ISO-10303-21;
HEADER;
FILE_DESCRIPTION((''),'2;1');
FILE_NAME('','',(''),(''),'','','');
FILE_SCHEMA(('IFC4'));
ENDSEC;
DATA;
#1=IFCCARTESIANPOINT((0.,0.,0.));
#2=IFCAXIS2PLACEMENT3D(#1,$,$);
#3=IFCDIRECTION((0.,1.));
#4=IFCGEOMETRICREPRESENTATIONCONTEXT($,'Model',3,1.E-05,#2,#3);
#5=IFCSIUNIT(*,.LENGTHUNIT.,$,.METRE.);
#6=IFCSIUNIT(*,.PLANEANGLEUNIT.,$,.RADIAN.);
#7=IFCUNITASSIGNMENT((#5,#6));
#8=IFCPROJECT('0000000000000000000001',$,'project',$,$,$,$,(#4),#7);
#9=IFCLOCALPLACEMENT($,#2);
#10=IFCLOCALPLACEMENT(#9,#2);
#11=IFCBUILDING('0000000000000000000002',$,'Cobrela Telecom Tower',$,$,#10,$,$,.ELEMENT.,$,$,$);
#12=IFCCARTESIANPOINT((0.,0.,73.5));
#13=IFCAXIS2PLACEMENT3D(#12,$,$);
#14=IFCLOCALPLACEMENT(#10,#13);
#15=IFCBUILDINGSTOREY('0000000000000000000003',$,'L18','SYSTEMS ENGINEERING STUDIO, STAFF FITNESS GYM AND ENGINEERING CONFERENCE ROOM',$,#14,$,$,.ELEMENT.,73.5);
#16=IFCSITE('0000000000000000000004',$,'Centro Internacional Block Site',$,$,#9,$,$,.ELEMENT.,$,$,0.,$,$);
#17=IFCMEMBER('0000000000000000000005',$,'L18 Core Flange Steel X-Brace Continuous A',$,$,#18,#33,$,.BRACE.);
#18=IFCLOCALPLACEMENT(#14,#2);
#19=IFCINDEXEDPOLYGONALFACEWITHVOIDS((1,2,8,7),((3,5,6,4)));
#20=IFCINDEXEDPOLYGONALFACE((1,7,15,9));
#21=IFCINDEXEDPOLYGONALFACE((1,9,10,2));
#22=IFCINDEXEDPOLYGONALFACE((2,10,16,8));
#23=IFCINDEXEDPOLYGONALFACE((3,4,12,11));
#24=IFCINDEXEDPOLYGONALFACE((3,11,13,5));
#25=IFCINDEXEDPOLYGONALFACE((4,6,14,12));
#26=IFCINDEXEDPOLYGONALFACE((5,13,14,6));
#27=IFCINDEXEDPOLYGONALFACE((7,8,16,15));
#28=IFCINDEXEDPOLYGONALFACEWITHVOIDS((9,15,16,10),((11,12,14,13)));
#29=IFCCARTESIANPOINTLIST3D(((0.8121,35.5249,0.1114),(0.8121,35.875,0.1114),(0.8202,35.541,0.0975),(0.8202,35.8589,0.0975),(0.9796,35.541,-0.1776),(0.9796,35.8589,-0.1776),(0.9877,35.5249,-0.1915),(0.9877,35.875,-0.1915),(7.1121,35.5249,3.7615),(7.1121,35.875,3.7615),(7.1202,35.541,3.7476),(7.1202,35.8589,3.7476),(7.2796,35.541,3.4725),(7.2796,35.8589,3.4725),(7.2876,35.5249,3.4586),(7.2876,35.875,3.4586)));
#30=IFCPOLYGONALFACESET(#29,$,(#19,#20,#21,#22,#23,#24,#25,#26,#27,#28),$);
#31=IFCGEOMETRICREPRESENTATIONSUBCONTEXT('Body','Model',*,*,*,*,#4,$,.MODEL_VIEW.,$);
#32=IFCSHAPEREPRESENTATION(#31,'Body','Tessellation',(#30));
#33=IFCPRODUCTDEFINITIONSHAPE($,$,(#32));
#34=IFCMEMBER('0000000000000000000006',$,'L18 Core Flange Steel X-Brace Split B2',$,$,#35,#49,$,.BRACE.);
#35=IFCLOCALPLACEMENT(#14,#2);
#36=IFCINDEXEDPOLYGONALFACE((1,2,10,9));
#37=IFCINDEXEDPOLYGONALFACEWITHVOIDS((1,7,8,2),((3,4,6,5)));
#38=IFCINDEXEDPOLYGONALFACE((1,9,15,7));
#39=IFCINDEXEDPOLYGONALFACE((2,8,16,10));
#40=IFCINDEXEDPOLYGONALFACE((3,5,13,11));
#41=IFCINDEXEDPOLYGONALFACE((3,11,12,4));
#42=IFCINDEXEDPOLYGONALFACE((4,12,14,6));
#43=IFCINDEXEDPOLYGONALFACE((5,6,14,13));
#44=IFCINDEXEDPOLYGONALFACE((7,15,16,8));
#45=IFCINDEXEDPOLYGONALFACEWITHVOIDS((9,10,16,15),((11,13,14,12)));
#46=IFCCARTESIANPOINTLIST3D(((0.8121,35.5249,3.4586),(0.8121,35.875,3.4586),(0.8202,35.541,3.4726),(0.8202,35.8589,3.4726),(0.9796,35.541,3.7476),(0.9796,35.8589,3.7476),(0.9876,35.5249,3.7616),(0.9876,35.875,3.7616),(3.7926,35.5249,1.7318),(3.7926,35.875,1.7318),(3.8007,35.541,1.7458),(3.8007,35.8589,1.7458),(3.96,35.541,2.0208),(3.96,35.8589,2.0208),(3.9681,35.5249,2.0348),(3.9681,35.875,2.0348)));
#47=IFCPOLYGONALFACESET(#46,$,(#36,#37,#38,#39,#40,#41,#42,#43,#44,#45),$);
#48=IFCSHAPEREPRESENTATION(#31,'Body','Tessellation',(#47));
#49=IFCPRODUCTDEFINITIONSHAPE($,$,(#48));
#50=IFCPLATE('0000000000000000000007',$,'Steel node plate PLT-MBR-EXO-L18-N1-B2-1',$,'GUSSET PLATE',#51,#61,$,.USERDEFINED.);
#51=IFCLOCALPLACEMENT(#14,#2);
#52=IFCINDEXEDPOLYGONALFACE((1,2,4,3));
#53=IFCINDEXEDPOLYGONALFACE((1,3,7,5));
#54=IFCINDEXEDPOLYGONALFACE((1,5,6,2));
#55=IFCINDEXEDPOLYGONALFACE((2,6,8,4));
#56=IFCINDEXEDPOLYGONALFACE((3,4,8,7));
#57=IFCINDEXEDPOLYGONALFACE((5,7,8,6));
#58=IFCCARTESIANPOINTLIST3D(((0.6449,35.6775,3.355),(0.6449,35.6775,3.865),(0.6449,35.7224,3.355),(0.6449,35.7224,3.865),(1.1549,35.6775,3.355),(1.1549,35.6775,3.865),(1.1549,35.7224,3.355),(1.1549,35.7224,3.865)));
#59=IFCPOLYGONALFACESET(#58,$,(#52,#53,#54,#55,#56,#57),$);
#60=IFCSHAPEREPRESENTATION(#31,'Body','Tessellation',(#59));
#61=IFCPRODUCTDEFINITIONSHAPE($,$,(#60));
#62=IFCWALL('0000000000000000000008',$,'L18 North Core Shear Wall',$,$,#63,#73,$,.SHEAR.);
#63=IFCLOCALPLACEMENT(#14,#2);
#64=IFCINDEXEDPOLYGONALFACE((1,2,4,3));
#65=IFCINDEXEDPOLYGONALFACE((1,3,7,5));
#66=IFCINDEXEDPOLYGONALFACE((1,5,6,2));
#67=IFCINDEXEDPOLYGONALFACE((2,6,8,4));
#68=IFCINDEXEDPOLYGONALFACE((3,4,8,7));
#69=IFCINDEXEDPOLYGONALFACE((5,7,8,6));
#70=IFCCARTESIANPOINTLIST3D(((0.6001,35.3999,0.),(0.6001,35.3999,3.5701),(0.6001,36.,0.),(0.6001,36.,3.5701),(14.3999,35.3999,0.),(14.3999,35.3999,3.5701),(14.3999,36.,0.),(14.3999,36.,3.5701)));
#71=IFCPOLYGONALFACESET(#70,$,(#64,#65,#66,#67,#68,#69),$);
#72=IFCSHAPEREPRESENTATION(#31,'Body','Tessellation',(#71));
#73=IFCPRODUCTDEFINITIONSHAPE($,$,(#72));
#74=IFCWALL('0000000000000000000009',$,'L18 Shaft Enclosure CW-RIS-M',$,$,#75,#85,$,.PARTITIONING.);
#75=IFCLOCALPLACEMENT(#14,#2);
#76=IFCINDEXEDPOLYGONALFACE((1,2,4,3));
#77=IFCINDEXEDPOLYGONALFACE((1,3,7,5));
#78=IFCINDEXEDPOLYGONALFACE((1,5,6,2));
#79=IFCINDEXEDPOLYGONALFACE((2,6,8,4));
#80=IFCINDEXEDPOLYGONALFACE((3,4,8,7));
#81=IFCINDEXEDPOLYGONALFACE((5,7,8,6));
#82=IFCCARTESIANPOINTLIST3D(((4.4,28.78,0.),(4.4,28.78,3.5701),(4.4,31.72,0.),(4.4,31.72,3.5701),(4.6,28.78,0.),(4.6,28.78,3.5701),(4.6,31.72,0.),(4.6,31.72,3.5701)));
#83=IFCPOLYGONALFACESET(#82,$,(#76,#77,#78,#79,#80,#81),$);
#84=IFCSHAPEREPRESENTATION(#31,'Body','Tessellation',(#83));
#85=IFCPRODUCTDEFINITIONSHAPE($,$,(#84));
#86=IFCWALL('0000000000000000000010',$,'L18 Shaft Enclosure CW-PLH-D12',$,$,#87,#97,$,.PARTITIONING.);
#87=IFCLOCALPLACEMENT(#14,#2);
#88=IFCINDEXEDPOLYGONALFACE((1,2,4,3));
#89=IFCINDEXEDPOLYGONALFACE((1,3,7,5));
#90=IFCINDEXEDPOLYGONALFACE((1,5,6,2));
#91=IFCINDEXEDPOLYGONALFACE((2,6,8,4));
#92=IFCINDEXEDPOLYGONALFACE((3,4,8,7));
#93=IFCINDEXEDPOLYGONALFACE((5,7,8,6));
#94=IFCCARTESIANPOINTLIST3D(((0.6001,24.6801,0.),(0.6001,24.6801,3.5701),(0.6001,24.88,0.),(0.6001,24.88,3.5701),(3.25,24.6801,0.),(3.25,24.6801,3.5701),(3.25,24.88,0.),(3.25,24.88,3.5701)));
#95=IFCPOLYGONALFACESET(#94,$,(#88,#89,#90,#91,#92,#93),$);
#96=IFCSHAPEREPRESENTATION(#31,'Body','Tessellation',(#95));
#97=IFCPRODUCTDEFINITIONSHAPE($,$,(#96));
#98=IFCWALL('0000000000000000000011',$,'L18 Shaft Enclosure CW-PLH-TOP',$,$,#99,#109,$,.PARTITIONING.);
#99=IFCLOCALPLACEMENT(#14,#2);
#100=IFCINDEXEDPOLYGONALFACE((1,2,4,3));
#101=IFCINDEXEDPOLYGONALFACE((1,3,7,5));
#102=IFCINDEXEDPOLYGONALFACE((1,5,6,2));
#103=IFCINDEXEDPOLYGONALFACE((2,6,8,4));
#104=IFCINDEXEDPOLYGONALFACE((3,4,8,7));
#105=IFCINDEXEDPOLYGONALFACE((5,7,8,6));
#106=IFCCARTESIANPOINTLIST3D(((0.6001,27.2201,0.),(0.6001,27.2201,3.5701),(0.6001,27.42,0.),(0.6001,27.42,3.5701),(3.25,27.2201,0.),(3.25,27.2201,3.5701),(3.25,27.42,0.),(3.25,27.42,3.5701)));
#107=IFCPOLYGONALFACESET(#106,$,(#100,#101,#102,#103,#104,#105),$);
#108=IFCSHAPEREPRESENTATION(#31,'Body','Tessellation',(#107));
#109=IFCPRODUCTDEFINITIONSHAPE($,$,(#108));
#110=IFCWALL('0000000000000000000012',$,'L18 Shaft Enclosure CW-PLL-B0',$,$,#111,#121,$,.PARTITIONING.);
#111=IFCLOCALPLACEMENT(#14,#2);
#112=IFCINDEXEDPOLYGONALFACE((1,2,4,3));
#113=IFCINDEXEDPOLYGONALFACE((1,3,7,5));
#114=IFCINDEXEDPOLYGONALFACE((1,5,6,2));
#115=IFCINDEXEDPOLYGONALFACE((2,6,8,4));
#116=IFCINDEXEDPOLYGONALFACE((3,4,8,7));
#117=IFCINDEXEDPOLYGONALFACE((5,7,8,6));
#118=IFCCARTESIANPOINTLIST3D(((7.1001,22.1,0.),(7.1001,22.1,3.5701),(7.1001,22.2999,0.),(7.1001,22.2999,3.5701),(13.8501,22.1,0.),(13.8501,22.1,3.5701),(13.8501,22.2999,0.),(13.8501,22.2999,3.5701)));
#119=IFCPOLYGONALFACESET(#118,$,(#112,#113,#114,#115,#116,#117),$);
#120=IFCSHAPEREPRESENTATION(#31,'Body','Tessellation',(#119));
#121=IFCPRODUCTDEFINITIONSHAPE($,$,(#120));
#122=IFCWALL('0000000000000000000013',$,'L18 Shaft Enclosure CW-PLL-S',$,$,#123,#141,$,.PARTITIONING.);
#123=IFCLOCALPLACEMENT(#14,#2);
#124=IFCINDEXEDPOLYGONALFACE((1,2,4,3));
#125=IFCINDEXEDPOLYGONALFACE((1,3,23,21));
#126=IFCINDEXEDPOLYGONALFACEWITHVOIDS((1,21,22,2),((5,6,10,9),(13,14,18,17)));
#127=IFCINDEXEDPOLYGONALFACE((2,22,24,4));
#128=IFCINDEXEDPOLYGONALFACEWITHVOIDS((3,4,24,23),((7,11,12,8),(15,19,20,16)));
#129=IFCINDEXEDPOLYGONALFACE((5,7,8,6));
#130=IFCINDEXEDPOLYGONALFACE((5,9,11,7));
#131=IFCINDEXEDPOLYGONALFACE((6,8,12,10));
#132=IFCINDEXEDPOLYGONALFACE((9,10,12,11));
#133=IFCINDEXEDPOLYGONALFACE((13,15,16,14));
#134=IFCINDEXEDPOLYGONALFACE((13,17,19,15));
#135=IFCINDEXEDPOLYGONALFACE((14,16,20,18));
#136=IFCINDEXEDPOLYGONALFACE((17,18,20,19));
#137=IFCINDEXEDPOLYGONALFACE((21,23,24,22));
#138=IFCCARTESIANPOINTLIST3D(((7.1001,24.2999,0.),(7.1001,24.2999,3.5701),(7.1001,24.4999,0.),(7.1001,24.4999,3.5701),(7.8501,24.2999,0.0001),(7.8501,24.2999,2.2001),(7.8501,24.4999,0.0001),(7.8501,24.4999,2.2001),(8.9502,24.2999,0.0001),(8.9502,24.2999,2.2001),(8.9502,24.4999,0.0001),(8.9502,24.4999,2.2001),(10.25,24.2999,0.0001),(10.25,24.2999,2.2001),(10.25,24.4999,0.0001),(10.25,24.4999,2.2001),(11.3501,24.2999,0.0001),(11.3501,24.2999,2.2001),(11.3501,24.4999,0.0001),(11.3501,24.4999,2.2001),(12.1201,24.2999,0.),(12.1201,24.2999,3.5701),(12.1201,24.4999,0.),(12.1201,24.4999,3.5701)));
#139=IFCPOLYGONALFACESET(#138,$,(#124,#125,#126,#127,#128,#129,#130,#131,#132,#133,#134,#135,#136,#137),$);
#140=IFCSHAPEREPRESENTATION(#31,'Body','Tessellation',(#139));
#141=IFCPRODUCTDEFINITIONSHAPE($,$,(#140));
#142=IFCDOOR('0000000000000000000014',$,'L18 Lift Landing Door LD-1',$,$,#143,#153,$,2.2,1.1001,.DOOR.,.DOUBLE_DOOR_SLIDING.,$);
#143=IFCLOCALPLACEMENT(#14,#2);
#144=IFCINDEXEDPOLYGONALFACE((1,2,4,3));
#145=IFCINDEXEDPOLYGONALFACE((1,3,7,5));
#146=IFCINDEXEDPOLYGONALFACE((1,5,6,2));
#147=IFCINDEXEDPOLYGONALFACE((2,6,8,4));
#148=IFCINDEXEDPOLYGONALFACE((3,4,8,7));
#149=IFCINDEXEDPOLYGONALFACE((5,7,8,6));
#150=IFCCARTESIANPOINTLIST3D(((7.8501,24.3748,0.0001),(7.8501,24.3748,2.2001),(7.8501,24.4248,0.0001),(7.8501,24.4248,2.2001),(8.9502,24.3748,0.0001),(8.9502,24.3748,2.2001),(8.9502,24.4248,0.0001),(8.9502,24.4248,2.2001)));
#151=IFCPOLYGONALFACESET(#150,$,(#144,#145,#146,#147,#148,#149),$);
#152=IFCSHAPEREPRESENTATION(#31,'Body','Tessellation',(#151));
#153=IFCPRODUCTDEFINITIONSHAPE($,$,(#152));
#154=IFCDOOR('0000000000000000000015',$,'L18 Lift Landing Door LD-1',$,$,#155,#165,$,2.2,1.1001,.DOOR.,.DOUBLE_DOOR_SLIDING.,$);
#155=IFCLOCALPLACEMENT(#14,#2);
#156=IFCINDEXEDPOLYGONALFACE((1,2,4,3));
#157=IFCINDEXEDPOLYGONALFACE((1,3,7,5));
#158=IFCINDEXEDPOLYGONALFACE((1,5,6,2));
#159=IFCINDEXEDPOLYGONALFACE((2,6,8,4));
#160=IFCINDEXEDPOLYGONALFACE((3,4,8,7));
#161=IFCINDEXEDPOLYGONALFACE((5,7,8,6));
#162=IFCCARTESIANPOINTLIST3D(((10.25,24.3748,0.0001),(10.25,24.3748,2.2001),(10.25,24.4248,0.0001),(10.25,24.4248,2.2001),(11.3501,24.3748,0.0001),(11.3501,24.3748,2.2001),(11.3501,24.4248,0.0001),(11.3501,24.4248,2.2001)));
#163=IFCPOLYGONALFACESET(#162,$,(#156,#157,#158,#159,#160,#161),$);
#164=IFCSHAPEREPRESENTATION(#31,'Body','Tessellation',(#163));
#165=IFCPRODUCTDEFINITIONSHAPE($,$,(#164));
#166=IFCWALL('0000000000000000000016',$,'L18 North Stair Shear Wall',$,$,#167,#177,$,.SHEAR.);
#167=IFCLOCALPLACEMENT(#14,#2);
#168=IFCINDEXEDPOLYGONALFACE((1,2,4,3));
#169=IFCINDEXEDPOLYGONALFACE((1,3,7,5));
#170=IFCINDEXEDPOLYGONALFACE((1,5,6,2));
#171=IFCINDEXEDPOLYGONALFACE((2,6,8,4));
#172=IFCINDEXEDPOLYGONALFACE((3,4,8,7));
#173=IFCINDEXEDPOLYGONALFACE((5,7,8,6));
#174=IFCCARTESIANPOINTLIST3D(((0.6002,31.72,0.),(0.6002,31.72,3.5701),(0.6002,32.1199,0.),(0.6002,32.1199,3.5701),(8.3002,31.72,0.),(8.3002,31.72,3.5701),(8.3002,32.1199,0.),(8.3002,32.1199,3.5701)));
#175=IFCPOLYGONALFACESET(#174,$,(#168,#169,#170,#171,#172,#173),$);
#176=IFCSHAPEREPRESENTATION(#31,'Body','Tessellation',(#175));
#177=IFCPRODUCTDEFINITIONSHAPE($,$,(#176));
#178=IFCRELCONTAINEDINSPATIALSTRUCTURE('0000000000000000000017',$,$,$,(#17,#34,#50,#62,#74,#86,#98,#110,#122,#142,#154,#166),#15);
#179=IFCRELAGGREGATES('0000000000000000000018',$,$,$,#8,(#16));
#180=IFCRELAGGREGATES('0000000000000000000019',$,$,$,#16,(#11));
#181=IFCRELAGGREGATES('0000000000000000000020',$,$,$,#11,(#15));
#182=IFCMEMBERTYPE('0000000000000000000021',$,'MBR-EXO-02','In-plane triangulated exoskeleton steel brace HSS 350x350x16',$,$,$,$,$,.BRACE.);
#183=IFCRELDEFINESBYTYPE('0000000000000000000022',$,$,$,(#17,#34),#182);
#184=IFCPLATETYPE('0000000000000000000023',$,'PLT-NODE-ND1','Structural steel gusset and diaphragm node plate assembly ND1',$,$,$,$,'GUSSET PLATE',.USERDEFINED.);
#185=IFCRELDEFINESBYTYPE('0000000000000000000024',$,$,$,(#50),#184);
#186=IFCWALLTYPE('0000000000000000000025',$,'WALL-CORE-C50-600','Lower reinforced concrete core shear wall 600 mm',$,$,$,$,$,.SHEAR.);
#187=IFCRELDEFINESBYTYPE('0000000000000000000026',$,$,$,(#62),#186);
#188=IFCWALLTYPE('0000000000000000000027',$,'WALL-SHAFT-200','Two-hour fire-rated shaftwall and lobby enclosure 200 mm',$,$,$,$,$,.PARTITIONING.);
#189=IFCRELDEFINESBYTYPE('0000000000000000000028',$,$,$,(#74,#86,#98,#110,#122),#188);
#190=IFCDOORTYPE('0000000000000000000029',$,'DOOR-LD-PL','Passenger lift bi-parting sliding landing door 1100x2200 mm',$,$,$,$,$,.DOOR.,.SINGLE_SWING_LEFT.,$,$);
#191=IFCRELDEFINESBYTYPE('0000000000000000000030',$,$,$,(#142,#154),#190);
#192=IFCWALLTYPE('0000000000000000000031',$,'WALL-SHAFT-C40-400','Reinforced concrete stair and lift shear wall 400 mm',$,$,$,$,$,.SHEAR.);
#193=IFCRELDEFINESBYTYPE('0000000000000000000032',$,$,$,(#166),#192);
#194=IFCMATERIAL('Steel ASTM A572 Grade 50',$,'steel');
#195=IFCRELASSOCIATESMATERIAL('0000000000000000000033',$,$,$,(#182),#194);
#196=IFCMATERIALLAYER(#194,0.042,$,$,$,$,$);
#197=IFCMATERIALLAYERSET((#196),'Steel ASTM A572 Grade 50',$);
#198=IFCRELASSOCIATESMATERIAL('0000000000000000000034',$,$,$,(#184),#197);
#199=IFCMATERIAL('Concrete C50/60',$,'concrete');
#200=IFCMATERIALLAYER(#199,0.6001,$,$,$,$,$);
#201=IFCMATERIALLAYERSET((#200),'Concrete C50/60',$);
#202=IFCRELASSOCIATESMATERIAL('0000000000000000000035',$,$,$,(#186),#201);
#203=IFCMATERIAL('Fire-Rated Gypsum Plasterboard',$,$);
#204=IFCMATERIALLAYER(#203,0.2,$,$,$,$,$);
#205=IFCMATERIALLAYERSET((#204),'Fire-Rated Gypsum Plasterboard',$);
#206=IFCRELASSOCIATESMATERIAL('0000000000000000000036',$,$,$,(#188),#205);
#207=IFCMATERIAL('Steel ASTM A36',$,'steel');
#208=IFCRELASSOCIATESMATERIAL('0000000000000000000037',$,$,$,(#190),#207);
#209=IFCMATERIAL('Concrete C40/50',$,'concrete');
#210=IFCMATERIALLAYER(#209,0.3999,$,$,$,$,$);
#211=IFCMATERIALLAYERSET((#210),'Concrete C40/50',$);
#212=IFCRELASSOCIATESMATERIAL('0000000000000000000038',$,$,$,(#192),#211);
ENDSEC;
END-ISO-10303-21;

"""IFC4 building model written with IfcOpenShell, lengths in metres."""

from ifc_helpers import new_model, si_unit, direction, frame, frame_2d, origin, origin_2d, place, context, subcontext, project, spatial, rectangle, hollow_rectangle, extrude, material, layer, layer_set, material_profile, profile_set, type_object, element, fill, save


model = new_model("IFC4")

# Units and contexts
model_context = context("Model", 3, precision=1e-05, world=origin(), true_north=direction((0.0, 1.0)))
body_context = subcontext(model_context, "Body", "Model", "MODEL_VIEW")
ifc_project = project(units=[si_unit("LENGTHUNIT", "METRE"), si_unit("PLANEANGLEUNIT", "RADIAN")], contexts=[model_context])

# Site, building, storey
site_placement = place(None, origin())
site = spatial("IfcSite", under=ifc_project, at=site_placement, Name="Centro Internacional Block Site", CompositionType="ELEMENT", RefElevation=0.0)
building_placement = place(site_placement, origin())
building = spatial("IfcBuilding", under=site, at=building_placement, Name="Cobrela Telecom Tower", CompositionType="ELEMENT")
storey_placement = place(building_placement, frame((0.0, 0.0, 73.5)))
storey = spatial("IfcBuildingStorey", under=building, at=storey_placement, Name="L18", Description="SYSTEMS ENGINEERING STUDIO, STAFF FITNESS GYM AND ENGINEERING CONFERENCE ROOM", CompositionType="ELEMENT", Elevation=73.5)

# Members
ifc_material_1 = material(Name="Steel ASTM A572 Grade 50", Category="steel")
ifc_material_profile = material_profile(ifc_material_1, hollow_rectangle(XDim=0.3501, YDim=0.3501, WallThickness=0.0161, at=origin_2d()), Name="HSS 350x350x16")
ifc_profile_set = profile_set([ifc_material_profile], Name="Steel ASTM A572 Grade 50")
member_type = type_object("IfcMemberType", Name="MBR-EXO-02", Description="In-plane triangulated exoskeleton steel brace HSS 350x350x16", PredefinedType="BRACE", material=ifc_profile_set)
member_1_placement = place(storey_placement, frame((0.8999, 35.7, -0.04), z_axis=(0.865262, 0.0, 0.501319), x_axis=(0.0, 1.0, 0.0)))
element("IfcMember", 1, at=member_1_placement, inside=storey, type_object=member_type, Name="L18 Core Flange Steel X-Brace Continuous A", PredefinedType="BRACE", context=body_context, shape_type="SweptSolid", body=[
    extrude(hollow_rectangle(XDim=0.3501, YDim=0.3501, WallThickness=0.0161, at=origin_2d()), origin(), (0.0, 0.0, 1.0), 7.281),
])
member_2_placement = place(storey_placement, frame((3.8804, 35.7, 1.8833), z_axis=(-0.865266, 0.0, 0.501313), x_axis=(0.0, -1.0, 0.0)))
element("IfcMember", 2, at=member_2_placement, inside=storey, type_object=member_type, Name="L18 Core Flange Steel X-Brace Split B2", PredefinedType="BRACE", context=body_context, shape_type="SweptSolid", body=[
    extrude(hollow_rectangle(XDim=0.3501, YDim=0.3501, WallThickness=0.0161, at=origin_2d()), origin(), (0.0, 0.0, 1.0), 3.4446),
])

# Plate
ifc_layer_1 = layer(ifc_material_1, 0.042)
ifc_layer_set_1 = layer_set([ifc_layer_1], Name="Steel ASTM A572 Grade 50")
plate_type = type_object("IfcPlateType", Name="PLT-NODE-ND1", Description="Structural steel gusset and diaphragm node plate assembly ND1", ElementType="GUSSET PLATE", PredefinedType="USERDEFINED", material=ifc_layer_set_1)
plate_placement = place(storey_placement, frame((0.8999, 35.7, 3.355), z_axis=(0.0, 0.0, 1.0), x_axis=(-1.0, 0.0, 0.0)))
element("IfcPlate", 3, at=plate_placement, inside=storey, type_object=plate_type, Name="Steel node plate PLT-MBR-EXO-L18-N1-B2-1", ObjectType="GUSSET PLATE", PredefinedType="USERDEFINED", context=body_context, shape_type="SweptSolid", body=[
    extrude(rectangle(XDim=0.51, YDim=0.0449, at=origin_2d()), origin(), (0.0, 0.0, 1.0), 0.51),
])

# Wall
ifc_material_2 = material(Name="Concrete C50/60", Category="concrete")
ifc_layer_2 = layer(ifc_material_2, 0.6001)
ifc_layer_set_2 = layer_set([ifc_layer_2], Name="Concrete C50/60")
wall_type_1 = type_object("IfcWallType", Name="WALL-CORE-C50-600", Description="Lower reinforced concrete core shear wall 600 mm", PredefinedType="SHEAR", material=ifc_layer_set_2)
wall_1_placement = place(storey_placement, frame((0.6001, 35.7, 0.0), z_axis=(0.0, 0.0, 1.0), x_axis=(1.0, 0.0, 0.0)))
element("IfcWall", 4, at=wall_1_placement, inside=storey, type_object=wall_type_1, Name="L18 North Core Shear Wall", PredefinedType="SHEAR", context=body_context, shape_type="SweptSolid", body=[
    extrude(rectangle(XDim=13.7998, YDim=0.6001, at=frame_2d((6.8999, 0.0))), origin(), (0.0, 0.0, 1.0), 3.5701),
])

# Shared definitions
ifc_material_3 = material(Name="Fire-Rated Gypsum Plasterboard")
ifc_layer_3 = layer(ifc_material_3, 0.2)
ifc_layer_set_3 = layer_set([ifc_layer_3], Name="Fire-Rated Gypsum Plasterboard")
wall_type_2 = type_object("IfcWallType", Name="WALL-SHAFT-200", Description="Two-hour fire-rated shaftwall and lobby enclosure 200 mm", PredefinedType="PARTITIONING", material=ifc_layer_set_3)
ifc_material_4 = material(Name="Steel ASTM A36", Category="steel")

# Walls
wall_2_placement = place(storey_placement, frame((4.5, 28.78, 0.0), z_axis=(0.0, 0.0, 1.0), x_axis=(0.0, 1.0, 0.0)))
element("IfcWall", 5, at=wall_2_placement, inside=storey, type_object=wall_type_2, Name="L18 Shaft Enclosure CW-RIS-M", PredefinedType="PARTITIONING", context=body_context, shape_type="SweptSolid", body=[
    extrude(rectangle(XDim=2.9399, YDim=0.2, at=frame_2d((1.47, 0.0))), origin(), (0.0, 0.0, 1.0), 3.5701),
])
for number, where, z_axis, x_axis, name in (
    (6, (0.6001, 24.78, 0.0), (0.0, 0.0, 1.0), (1.0, 0.0, 0.0), "L18 Shaft Enclosure CW-PLH-D12"),
    (7, (0.6001, 27.3201, 0.0), (0.0, 0.0, 1.0), (1.0, 0.0, 0.0), "L18 Shaft Enclosure CW-PLH-TOP"),
):
    element("IfcWall", number, at=place(storey_placement, frame(where, z_axis=z_axis, x_axis=x_axis)), inside=storey, type_object=wall_type_2, Name=name, PredefinedType="PARTITIONING", context=body_context, shape_type="SweptSolid", body=[
        extrude(rectangle(XDim=2.6499, YDim=0.2, at=frame_2d((1.325, 0.0))), origin(), (0.0, 0.0, 1.0), 3.5701),
    ])
wall_3_placement = place(storey_placement, frame((7.1001, 22.2, 0.0), z_axis=(0.0, 0.0, 1.0), x_axis=(1.0, 0.0, 0.0)))
element("IfcWall", 8, at=wall_3_placement, inside=storey, type_object=wall_type_2, Name="L18 Shaft Enclosure CW-PLL-B0", PredefinedType="PARTITIONING", context=body_context, shape_type="SweptSolid", body=[
    extrude(rectangle(XDim=6.75, YDim=0.2, at=frame_2d((3.375, 0.0))), origin(), (0.0, 0.0, 1.0), 3.5701),
])

# Wall, openings, doors
wall_4_placement = place(storey_placement, frame((7.1001, 24.3999, 0.0), z_axis=(0.0, 0.0, 1.0), x_axis=(1.0, 0.0, 0.0)))
wall_4 = element("IfcWall", 9, at=wall_4_placement, inside=storey, type_object=wall_type_2, Name="L18 Shaft Enclosure CW-PLL-S", PredefinedType="PARTITIONING", context=body_context, shape_type="SweptSolid", body=[
    extrude(rectangle(XDim=5.02, YDim=0.2, at=frame_2d((2.51, 0.0))), origin(), (0.0, 0.0, 1.0), 3.5701),
])
opening_1_placement = place(wall_4_placement, frame((0.75, 0.0, 0.0)))
opening_1 = element("IfcOpeningElement", 10, at=opening_1_placement, cuts=wall_4, PredefinedType="OPENING", context=body_context, shape_type="SweptSolid", body=[
    extrude(rectangle(XDim=1.1001, YDim=2.2, at=frame_2d((0.55, 1.1001))), frame((0.0, 0.1118, 0.0), z_axis=(0.0, -1.0, 0.0), x_axis=(1.0, 0.0, 0.0)), (0.0, 0.0, 1.0), 0.2239),
])
opening_2_placement = place(wall_4_placement, frame((3.1499, 0.0, 0.0)))
opening_2 = element("IfcOpeningElement", 11, at=opening_2_placement, cuts=wall_4, PredefinedType="OPENING", context=body_context, shape_type="SweptSolid", body=[
    extrude(rectangle(XDim=1.1001, YDim=2.2, at=frame_2d((0.55, 1.1001))), frame((0.0, 0.1118, 0.0), z_axis=(0.0, -1.0, 0.0), x_axis=(1.0, 0.0, 0.0)), (0.0, 0.0, 1.0), 0.2239),
])
door_type_1 = type_object("IfcDoorType", Name="DOOR-LD-PL", Description="Passenger lift bi-parting sliding landing door 1100x2200 mm", OperationType="SINGLE_SWING_LEFT", PredefinedType="DOOR", material=ifc_material_4)
door_1_placement = place(opening_1_placement, origin())
door_1 = element("IfcDoor", 12, at=door_1_placement, inside=storey, type_object=door_type_1, Name="L18 Lift Landing Door LD-1", OperationType="DOUBLE_DOOR_SLIDING", OverallHeight=2.2, OverallWidth=1.1001, PredefinedType="DOOR", context=body_context, shape_type="SweptSolid", body=[
    extrude(rectangle(XDim=1.1001, YDim=2.2, at=frame_2d((0.55, 1.1001))), frame((0.0, 0.0249, 0.0), z_axis=(0.0, -1.0, 0.0), x_axis=(1.0, 0.0, 0.0)), (0.0, 0.0, 1.0), 0.05),
])
fill(opening_1, door_1)
door_2_placement = place(opening_2_placement, origin())
door_2 = element("IfcDoor", 13, at=door_2_placement, inside=storey, type_object=door_type_1, Name="L18 Lift Landing Door LD-1", OperationType="DOUBLE_DOOR_SLIDING", OverallHeight=2.2, OverallWidth=1.1001, PredefinedType="DOOR", context=body_context, shape_type="SweptSolid", body=[
    extrude(rectangle(XDim=1.1001, YDim=2.2, at=frame_2d((0.55, 1.1001))), frame((0.0, 0.0249, 0.0), z_axis=(0.0, -1.0, 0.0), x_axis=(1.0, 0.0, 0.0)), (0.0, 0.0, 1.0), 0.05),
])
fill(opening_2, door_2)

# Wall
ifc_material_5 = material(Name="Concrete C40/50", Category="concrete")
ifc_layer_4 = layer(ifc_material_5, 0.3999)
ifc_layer_set_4 = layer_set([ifc_layer_4], Name="Concrete C40/50")
wall_type_3 = type_object("IfcWallType", Name="WALL-SHAFT-C40-400", Description="Reinforced concrete stair and lift shear wall 400 mm", PredefinedType="SHEAR", material=ifc_layer_set_4)
wall_5_placement = place(storey_placement, frame((0.6001, 31.9199, 0.0), z_axis=(0.0, 0.0, 1.0), x_axis=(1.0, 0.0, 0.0)))
element("IfcWall", 14, at=wall_5_placement, inside=storey, type_object=wall_type_3, Name="L18 North Stair Shear Wall", PredefinedType="SHEAR", context=body_context, shape_type="SweptSolid", body=[
    extrude(rectangle(XDim=7.7, YDim=0.3999, at=frame_2d((3.8501, 0.0))), origin(), (0.0, 0.0, 1.0), 3.5701),
])

save(model, "model.ifc")
